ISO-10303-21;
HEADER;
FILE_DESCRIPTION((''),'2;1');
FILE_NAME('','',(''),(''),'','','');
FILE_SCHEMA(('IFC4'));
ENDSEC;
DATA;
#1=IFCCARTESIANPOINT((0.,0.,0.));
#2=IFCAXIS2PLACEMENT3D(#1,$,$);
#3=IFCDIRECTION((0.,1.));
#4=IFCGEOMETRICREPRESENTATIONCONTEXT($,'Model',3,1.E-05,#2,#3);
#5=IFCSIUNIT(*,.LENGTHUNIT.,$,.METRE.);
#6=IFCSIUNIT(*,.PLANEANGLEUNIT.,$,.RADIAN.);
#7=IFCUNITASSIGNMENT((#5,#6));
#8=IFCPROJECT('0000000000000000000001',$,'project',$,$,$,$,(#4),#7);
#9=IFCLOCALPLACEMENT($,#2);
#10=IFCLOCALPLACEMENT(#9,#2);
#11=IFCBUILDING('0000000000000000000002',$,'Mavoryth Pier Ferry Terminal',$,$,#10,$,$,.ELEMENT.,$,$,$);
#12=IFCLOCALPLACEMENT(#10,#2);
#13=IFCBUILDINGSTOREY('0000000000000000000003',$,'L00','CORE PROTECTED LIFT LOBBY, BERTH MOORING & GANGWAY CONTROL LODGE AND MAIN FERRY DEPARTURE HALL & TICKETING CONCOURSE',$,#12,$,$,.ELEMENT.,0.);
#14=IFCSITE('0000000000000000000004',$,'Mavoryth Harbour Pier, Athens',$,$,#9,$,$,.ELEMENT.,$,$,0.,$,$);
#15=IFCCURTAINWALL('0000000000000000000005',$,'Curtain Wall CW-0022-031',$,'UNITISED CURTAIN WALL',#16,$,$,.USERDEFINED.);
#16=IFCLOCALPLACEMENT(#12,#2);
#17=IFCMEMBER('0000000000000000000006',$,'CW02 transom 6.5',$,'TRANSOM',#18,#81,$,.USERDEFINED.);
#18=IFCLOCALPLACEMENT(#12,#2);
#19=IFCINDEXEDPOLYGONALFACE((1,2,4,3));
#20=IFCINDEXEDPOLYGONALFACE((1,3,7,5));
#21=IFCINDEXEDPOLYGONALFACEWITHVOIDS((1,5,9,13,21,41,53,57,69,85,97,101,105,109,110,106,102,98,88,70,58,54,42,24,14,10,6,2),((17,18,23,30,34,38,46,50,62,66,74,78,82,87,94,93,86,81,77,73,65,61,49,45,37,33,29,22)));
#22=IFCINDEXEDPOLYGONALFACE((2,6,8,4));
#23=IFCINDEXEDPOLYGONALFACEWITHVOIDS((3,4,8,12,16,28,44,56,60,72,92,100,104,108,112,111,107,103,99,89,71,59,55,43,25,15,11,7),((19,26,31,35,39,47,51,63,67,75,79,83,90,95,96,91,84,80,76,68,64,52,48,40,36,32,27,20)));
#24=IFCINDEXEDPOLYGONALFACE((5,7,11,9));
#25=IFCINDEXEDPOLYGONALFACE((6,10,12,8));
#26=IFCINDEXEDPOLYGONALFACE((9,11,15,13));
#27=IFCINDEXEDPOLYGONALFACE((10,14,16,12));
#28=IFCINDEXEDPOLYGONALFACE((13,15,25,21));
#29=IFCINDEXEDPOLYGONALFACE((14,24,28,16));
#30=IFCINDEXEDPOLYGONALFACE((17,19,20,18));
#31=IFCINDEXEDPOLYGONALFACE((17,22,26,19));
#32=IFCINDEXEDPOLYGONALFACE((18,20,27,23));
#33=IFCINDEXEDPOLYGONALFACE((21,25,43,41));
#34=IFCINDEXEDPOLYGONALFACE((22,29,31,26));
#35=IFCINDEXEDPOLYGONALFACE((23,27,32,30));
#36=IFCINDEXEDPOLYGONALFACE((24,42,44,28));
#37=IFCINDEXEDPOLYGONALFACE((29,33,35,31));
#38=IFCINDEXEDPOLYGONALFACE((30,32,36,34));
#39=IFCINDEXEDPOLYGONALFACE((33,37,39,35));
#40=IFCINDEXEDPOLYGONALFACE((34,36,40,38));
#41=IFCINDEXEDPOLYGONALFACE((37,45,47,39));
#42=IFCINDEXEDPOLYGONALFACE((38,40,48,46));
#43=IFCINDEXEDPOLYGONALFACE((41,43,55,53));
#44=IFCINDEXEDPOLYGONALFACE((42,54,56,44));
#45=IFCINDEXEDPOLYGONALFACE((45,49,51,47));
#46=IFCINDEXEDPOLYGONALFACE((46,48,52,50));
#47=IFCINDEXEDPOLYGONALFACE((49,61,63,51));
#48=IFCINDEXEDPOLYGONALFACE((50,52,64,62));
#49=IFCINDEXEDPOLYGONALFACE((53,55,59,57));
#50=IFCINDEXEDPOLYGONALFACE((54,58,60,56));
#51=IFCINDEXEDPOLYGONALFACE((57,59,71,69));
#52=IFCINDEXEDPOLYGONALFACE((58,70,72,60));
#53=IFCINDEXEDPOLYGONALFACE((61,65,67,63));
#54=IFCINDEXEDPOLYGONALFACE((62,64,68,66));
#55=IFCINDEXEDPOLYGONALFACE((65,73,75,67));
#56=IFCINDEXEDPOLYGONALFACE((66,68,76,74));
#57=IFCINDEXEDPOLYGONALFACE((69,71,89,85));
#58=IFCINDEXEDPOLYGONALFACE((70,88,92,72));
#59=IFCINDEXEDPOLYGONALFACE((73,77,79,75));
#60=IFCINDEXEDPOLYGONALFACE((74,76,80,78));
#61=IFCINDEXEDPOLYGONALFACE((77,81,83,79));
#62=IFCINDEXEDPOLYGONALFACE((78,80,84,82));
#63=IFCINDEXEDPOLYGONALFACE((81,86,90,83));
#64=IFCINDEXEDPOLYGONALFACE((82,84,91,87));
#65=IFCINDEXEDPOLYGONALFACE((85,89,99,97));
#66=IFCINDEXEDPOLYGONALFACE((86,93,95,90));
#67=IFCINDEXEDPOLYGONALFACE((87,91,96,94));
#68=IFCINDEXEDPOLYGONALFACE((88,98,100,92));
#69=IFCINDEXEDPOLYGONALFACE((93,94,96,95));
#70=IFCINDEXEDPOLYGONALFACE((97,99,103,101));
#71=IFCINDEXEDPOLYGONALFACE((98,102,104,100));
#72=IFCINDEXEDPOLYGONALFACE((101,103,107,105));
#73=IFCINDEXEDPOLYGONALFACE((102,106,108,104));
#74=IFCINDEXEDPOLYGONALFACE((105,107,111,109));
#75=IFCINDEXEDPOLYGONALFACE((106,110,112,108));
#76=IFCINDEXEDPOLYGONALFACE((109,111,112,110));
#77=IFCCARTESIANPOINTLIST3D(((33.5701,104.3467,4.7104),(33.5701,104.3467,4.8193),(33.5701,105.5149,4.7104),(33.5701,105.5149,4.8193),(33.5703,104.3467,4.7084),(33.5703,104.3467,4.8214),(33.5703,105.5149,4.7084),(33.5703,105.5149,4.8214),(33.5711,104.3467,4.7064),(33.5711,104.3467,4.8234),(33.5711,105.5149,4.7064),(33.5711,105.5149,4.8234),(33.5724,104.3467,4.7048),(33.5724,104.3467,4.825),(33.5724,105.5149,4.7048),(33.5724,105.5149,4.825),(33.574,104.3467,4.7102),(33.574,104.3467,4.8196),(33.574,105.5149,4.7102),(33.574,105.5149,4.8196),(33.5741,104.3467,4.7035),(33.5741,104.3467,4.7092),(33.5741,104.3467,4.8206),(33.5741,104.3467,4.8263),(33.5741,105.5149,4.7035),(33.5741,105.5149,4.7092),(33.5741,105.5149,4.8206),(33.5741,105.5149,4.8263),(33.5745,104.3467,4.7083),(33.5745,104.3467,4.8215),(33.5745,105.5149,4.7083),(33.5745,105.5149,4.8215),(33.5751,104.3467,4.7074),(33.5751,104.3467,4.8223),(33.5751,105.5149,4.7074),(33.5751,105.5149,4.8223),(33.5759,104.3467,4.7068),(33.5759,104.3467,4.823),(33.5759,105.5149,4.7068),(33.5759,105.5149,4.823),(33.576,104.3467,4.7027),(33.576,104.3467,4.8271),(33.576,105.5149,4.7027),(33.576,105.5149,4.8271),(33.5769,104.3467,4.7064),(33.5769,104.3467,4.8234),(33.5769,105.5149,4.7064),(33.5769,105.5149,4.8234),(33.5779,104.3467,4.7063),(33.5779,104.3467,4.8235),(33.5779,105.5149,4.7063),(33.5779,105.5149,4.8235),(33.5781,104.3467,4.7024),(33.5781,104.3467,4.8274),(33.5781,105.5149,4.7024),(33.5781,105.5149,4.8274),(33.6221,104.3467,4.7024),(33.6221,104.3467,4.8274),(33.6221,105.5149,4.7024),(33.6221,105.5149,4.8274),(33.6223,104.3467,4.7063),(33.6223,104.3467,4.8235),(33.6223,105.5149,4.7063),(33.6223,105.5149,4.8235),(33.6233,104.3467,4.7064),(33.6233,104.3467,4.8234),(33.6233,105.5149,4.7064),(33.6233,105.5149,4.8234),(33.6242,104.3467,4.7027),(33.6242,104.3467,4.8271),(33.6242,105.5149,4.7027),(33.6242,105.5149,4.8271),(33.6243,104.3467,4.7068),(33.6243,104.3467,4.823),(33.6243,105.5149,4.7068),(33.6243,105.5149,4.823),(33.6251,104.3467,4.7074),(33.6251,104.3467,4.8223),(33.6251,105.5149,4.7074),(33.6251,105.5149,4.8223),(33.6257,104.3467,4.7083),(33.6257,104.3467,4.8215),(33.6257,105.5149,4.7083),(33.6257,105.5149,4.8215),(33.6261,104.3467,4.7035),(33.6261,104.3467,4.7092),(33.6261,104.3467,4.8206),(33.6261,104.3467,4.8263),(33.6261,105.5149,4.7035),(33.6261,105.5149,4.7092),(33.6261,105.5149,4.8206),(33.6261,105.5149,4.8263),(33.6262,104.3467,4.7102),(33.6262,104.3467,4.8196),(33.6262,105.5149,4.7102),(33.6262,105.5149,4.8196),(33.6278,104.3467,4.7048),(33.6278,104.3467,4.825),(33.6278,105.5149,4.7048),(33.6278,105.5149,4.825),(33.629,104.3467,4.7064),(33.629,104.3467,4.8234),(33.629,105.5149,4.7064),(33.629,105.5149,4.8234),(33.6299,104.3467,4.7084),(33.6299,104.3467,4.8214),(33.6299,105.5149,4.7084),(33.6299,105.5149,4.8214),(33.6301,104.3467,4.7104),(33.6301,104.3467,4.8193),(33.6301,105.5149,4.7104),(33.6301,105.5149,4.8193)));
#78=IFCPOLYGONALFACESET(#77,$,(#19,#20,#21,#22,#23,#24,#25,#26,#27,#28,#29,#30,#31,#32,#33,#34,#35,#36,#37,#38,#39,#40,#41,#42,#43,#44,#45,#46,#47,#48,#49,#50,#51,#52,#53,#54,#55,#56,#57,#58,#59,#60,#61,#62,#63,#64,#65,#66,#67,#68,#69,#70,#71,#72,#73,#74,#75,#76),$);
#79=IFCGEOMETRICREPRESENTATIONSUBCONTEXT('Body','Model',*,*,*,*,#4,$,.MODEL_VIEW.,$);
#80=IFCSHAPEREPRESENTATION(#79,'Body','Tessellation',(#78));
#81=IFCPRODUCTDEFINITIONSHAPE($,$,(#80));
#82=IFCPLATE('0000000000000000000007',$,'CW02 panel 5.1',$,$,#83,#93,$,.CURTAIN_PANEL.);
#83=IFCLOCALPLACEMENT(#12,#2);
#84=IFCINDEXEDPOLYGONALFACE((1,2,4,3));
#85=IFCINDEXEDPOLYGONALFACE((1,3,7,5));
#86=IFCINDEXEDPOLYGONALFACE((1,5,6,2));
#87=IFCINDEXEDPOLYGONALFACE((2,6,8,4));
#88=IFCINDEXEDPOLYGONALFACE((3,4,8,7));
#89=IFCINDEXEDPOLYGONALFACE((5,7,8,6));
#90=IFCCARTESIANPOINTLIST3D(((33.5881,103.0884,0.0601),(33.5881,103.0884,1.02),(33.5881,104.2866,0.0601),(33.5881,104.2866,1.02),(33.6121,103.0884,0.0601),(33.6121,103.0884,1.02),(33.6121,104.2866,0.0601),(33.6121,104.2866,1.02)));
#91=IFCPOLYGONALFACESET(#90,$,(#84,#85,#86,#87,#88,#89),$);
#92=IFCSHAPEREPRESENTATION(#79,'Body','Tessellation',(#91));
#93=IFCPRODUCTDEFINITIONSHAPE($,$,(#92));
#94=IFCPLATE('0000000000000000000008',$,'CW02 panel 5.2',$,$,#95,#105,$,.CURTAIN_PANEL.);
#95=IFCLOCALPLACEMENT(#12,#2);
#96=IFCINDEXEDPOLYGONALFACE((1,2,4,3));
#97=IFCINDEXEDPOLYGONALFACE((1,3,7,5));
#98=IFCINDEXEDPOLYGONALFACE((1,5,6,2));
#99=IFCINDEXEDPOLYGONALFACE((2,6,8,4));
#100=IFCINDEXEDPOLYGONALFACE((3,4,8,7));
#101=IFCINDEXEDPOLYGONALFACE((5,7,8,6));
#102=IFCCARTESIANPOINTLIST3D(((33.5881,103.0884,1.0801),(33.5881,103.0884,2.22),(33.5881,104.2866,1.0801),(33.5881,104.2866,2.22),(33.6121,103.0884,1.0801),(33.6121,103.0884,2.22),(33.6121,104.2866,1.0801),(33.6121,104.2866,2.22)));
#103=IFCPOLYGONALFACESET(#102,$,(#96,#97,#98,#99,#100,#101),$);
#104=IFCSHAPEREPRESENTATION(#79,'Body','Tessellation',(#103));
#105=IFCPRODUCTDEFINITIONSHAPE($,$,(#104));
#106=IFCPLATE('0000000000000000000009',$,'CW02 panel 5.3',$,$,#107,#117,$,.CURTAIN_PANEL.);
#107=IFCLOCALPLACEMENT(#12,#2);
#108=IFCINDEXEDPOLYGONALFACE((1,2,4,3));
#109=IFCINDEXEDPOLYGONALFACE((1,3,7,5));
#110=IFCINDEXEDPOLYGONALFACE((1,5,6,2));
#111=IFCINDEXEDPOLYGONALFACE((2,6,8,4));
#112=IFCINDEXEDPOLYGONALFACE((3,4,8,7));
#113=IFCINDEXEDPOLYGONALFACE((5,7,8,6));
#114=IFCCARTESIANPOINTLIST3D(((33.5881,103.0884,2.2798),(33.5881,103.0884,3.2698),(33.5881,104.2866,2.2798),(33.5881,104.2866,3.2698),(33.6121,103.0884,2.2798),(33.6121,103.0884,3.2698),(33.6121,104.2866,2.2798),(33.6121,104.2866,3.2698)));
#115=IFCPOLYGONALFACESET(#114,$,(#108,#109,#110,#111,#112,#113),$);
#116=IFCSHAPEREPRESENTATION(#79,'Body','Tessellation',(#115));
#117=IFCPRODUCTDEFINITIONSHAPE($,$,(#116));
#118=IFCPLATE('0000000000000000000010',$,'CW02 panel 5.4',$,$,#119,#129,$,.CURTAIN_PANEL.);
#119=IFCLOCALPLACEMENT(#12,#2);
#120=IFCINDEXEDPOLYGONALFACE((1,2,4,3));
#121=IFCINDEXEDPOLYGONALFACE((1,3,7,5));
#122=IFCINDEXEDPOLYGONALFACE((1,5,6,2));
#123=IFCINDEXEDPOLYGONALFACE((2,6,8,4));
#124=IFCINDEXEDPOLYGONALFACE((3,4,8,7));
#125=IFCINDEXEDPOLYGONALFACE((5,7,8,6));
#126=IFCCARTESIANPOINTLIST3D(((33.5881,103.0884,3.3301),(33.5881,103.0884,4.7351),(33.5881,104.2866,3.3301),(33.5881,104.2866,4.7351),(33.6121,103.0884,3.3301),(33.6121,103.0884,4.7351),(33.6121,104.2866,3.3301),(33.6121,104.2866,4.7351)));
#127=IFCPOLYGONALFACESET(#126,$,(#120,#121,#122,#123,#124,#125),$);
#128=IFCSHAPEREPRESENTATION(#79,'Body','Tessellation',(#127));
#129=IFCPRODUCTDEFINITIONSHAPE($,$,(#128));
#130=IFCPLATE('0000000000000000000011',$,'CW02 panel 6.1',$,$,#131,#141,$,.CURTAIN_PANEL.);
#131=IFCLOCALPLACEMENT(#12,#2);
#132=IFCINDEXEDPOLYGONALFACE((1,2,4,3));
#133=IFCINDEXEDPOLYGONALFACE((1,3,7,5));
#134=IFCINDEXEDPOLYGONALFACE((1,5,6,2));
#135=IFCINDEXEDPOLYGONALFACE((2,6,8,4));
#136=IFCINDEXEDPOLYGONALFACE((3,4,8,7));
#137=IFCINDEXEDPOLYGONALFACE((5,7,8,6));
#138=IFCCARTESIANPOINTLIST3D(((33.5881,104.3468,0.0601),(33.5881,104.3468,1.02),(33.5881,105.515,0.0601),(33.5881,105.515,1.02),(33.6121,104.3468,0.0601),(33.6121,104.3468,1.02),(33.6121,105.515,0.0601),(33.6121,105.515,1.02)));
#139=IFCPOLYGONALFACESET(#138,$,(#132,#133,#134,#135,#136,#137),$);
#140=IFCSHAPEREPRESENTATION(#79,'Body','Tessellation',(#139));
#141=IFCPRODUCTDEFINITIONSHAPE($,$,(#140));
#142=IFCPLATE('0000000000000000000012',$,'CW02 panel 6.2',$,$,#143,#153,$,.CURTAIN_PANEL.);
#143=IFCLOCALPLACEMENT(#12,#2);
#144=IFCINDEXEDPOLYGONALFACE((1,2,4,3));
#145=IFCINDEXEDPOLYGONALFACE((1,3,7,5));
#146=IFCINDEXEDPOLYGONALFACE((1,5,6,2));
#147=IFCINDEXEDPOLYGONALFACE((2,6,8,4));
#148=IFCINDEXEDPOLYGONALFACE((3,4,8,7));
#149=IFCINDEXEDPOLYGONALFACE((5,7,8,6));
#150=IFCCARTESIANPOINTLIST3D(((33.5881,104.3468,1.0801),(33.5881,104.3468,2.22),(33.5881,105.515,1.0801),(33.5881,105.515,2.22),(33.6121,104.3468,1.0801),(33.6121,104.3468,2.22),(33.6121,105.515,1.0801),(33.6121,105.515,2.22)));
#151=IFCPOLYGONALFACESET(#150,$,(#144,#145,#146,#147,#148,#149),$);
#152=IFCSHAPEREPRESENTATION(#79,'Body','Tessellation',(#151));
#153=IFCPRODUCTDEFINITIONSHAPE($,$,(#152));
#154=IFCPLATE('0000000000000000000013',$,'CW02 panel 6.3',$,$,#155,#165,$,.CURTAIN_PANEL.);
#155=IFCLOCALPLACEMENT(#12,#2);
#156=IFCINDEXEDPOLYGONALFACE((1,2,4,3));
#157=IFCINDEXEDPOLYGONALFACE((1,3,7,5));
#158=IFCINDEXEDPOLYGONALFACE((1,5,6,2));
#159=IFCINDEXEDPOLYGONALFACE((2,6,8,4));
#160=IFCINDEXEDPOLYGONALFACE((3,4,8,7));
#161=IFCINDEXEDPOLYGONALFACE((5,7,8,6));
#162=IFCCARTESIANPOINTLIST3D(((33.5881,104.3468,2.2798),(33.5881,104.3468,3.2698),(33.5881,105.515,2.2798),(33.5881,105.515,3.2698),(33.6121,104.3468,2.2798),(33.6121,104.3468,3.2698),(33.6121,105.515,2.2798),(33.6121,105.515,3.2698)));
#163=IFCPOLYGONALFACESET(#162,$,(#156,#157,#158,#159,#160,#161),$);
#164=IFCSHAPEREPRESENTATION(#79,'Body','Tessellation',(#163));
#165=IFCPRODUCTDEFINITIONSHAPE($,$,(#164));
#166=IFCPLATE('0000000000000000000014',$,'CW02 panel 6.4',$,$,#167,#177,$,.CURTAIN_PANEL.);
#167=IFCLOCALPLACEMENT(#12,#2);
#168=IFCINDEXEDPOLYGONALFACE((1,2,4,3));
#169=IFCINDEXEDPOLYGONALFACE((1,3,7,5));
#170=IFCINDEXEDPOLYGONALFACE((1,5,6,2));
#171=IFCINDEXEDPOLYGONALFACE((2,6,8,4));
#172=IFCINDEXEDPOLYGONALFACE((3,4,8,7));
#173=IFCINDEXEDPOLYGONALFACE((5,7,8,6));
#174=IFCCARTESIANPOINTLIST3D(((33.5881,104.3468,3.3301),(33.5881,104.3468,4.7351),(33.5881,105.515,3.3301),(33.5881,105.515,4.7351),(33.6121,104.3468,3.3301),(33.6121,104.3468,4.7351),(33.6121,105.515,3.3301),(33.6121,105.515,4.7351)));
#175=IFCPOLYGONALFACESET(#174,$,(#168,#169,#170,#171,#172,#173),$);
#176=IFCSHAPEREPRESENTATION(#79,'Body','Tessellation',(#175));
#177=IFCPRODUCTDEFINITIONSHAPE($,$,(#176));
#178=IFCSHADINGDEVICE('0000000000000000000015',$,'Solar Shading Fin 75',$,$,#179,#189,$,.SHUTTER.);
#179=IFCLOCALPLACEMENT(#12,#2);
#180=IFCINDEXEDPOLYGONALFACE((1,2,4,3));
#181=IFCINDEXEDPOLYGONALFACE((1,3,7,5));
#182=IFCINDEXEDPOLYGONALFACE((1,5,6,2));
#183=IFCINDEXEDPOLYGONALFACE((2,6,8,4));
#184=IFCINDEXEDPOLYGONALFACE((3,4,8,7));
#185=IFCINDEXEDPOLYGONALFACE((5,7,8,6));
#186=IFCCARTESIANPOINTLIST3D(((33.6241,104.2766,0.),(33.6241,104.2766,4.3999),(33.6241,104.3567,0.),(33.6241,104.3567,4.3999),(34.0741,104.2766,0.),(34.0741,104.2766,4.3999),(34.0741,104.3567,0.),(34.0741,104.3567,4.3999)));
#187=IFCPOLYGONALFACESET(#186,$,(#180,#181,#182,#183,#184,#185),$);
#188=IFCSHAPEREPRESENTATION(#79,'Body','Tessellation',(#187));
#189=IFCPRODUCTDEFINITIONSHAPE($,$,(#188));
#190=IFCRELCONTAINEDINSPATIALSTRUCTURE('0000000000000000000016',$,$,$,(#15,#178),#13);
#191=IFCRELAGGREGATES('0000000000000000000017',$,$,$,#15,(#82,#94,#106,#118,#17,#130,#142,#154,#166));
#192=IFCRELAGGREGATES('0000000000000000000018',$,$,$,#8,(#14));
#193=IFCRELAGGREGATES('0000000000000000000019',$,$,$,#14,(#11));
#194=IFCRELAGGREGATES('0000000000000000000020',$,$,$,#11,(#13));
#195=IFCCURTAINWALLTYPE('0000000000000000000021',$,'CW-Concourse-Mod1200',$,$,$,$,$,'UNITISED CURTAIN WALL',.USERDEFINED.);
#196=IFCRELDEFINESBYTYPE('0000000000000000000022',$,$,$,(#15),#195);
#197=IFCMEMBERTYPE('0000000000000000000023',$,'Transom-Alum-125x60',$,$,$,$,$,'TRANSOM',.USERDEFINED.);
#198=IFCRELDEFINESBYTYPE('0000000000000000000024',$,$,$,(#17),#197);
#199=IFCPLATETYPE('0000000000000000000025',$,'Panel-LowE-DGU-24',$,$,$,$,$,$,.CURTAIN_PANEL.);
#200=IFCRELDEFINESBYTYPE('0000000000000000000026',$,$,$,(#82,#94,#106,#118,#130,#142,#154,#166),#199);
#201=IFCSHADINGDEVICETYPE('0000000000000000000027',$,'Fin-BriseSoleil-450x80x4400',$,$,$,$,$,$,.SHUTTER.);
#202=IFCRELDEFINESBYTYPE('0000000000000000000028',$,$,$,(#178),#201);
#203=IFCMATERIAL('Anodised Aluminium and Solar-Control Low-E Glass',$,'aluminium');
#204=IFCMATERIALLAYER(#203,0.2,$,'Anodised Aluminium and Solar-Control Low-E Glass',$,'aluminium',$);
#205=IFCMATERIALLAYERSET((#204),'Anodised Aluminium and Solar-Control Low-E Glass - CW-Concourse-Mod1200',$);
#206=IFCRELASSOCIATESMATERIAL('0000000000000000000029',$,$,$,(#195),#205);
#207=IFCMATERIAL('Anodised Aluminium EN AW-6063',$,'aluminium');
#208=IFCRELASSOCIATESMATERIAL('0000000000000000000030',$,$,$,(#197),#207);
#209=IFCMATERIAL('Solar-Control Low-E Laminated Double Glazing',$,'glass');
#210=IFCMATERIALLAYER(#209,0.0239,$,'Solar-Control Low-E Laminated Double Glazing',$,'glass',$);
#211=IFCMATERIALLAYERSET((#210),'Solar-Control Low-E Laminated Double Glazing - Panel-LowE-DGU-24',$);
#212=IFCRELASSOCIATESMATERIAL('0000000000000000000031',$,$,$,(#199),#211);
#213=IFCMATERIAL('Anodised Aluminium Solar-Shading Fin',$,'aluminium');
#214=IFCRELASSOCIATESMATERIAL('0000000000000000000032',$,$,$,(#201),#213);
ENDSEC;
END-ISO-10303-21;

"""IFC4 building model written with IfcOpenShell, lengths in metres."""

from ifc_helpers import new_model, si_unit, direction, frame, origin, origin_2d, place, context, subcontext, project, spatial, rectangle, hollow_rectangle, extrude, material, layer, layer_set, material_profile, profile_set, type_object, element, aggregate, save


model = new_model("IFC4")

# Units and contexts
model_context = context("Model", 3, precision=1e-05, world=origin(), true_north=direction((0.0, 1.0)))
body_context = subcontext(model_context, "Body", "Model", "MODEL_VIEW")
ifc_project = project(units=[si_unit("LENGTHUNIT", "METRE"), si_unit("PLANEANGLEUNIT", "RADIAN")], contexts=[model_context])

# Site, building, storey
site_placement = place(None, origin())
site = spatial("IfcSite", under=ifc_project, at=site_placement, Name="Mavoryth Harbour Pier, Athens", CompositionType="ELEMENT", RefElevation=0.0)
building_placement = place(site_placement, origin())
building = spatial("IfcBuilding", under=site, at=building_placement, Name="Mavoryth Pier Ferry Terminal", CompositionType="ELEMENT")
storey_placement = place(building_placement, origin())
storey = spatial("IfcBuildingStorey", under=building, at=storey_placement, Name="L00", Description="CORE PROTECTED LIFT LOBBY, BERTH MOORING & GANGWAY CONTROL LODGE AND MAIN FERRY DEPARTURE HALL & TICKETING CONCOURSE", CompositionType="ELEMENT", Elevation=0.0)

# Curtain wall, member, plates
ifc_material_1 = material(Name="Anodised Aluminium and Solar-Control Low-E Glass", Category="aluminium")
ifc_layer_1 = layer(ifc_material_1, 0.2, Name="Anodised Aluminium and Solar-Control Low-E Glass", Category="aluminium")
ifc_layer_set_1 = layer_set([ifc_layer_1], Name="Anodised Aluminium and Solar-Control Low-E Glass - CW-Concourse-Mod1200")
curtain_wall_type = type_object("IfcCurtainWallType", Name="CW-Concourse-Mod1200", ElementType="UNITISED CURTAIN WALL", PredefinedType="USERDEFINED", material=ifc_layer_set_1)
curtain_wall_placement = place(storey_placement, origin())
curtain_wall = element("IfcCurtainWall", 1, at=curtain_wall_placement, inside=storey, type_object=curtain_wall_type, Name="Curtain Wall CW-0022-031", ObjectType="UNITISED CURTAIN WALL", PredefinedType="USERDEFINED")
ifc_material_2 = material(Name="Anodised Aluminium EN AW-6063", Category="aluminium")
ifc_material_profile_1 = material_profile(ifc_material_2, hollow_rectangle(XDim=0.0601, YDim=0.125, WallThickness=0.0039, InnerFilletRadius=0.0039, OuterFilletRadius=0.0081, at=origin_2d()), Name="AL-TRAN 125x60x4", Category="aluminium")
ifc_profile_set_1 = profile_set([ifc_material_profile_1], Name="Anodised Aluminium EN AW-6063 - AL-TRAN 125x60x4")
member_type_1 = type_object("IfcMemberType", Name="Transom-Alum-125x60", ElementType="TRANSOM", PredefinedType="USERDEFINED", material=ifc_profile_set_1)
member_1_placement = place(storey_placement, frame((33.6001, 104.3467, 4.7649), z_axis=(0.0, 1.0, 0.0), x_axis=(-1.0, 0.0, 0.0)))
member_1 = element("IfcMember", 2, at=member_1_placement, type_object=member_type_1, Name="CW02 transom 6.5", ObjectType="TRANSOM", PredefinedType="USERDEFINED", context=body_context, shape_type="SweptSolid", body=[
    extrude(hollow_rectangle(XDim=0.0601, YDim=0.125, WallThickness=0.0039, InnerFilletRadius=0.0039, OuterFilletRadius=0.0081, at=origin_2d()), origin(), (0.0, 0.0, 1.0), 1.1682),
])
ifc_material_3 = material(Name="Solar-Control Low-E Laminated Double Glazing", Category="glass")
ifc_layer_2 = layer(ifc_material_3, 0.0239, Name="Solar-Control Low-E Laminated Double Glazing", Category="glass")
ifc_layer_set_2 = layer_set([ifc_layer_2], Name="Solar-Control Low-E Laminated Double Glazing - Panel-LowE-DGU-24")
plate_type = type_object("IfcPlateType", Name="Panel-LowE-DGU-24", PredefinedType="CURTAIN_PANEL", material=ifc_layer_set_2)
plate_1_placement = place(storey_placement, frame((33.6001, 103.6875, 0.0601), z_axis=(0.0, 0.0, 1.0), x_axis=(0.0, 1.0, 0.0)))
plate_1 = element("IfcPlate", 3, at=plate_1_placement, type_object=plate_type, Name="CW02 panel 5.1", PredefinedType="CURTAIN_PANEL", context=body_context, shape_type="SweptSolid", body=[
    extrude(rectangle(XDim=1.1982, YDim=0.0239, at=origin_2d()), origin(), (0.0, 0.0, 1.0), 0.96),
])
plate_2_placement = place(storey_placement, frame((33.6001, 103.6875, 1.0801), z_axis=(0.0, 0.0, 1.0), x_axis=(0.0, 1.0, 0.0)))
plate_2 = element("IfcPlate", 4, at=plate_2_placement, type_object=plate_type, Name="CW02 panel 5.2", PredefinedType="CURTAIN_PANEL", context=body_context, shape_type="SweptSolid", body=[
    extrude(rectangle(XDim=1.1982, YDim=0.0239, at=origin_2d()), origin(), (0.0, 0.0, 1.0), 1.1399),
])
plate_3_placement = place(storey_placement, frame((33.6001, 103.6875, 2.2798), z_axis=(0.0, 0.0, 1.0), x_axis=(0.0, 1.0, 0.0)))
plate_3 = element("IfcPlate", 5, at=plate_3_placement, type_object=plate_type, Name="CW02 panel 5.3", PredefinedType="CURTAIN_PANEL", context=body_context, shape_type="SweptSolid", body=[
    extrude(rectangle(XDim=1.1982, YDim=0.0239, at=origin_2d()), origin(), (0.0, 0.0, 1.0), 0.99),
])
plate_4_placement = place(storey_placement, frame((33.6001, 103.6875, 3.3301), z_axis=(0.0, 0.0, 1.0), x_axis=(0.0, 1.0, 0.0)))
plate_4 = element("IfcPlate", 6, at=plate_4_placement, type_object=plate_type, Name="CW02 panel 5.4", PredefinedType="CURTAIN_PANEL", context=body_context, shape_type="SweptSolid", body=[
    extrude(rectangle(XDim=1.1982, YDim=0.0239, at=origin_2d()), origin(), (0.0, 0.0, 1.0), 1.405),
])
plate_5_placement = place(storey_placement, frame((33.6001, 104.9309, 0.0601), z_axis=(0.0, 0.0, 1.0), x_axis=(0.0, 1.0, 0.0)))
plate_5 = element("IfcPlate", 7, at=plate_5_placement, type_object=plate_type, Name="CW02 panel 6.1", PredefinedType="CURTAIN_PANEL", context=body_context, shape_type="SweptSolid", body=[
    extrude(rectangle(XDim=1.1682, YDim=0.0239, at=origin_2d()), origin(), (0.0, 0.0, 1.0), 0.96),
])
plate_6_placement = place(storey_placement, frame((33.6001, 104.9309, 1.0801), z_axis=(0.0, 0.0, 1.0), x_axis=(0.0, 1.0, 0.0)))
plate_6 = element("IfcPlate", 8, at=plate_6_placement, type_object=plate_type, Name="CW02 panel 6.2", PredefinedType="CURTAIN_PANEL", context=body_context, shape_type="SweptSolid", body=[
    extrude(rectangle(XDim=1.1682, YDim=0.0239, at=origin_2d()), origin(), (0.0, 0.0, 1.0), 1.1399),
])
plate_7_placement = place(storey_placement, frame((33.6001, 104.9309, 2.2798), z_axis=(0.0, 0.0, 1.0), x_axis=(0.0, 1.0, 0.0)))
plate_7 = element("IfcPlate", 9, at=plate_7_placement, type_object=plate_type, Name="CW02 panel 6.3", PredefinedType="CURTAIN_PANEL", context=body_context, shape_type="SweptSolid", body=[
    extrude(rectangle(XDim=1.1682, YDim=0.0239, at=origin_2d()), origin(), (0.0, 0.0, 1.0), 0.99),
])
plate_8_placement = place(storey_placement, frame((33.6001, 104.9309, 3.3301), z_axis=(0.0, 0.0, 1.0), x_axis=(0.0, 1.0, 0.0)))
plate_8 = element("IfcPlate", 10, at=plate_8_placement, type_object=plate_type, Name="CW02 panel 6.4", PredefinedType="CURTAIN_PANEL", context=body_context, shape_type="SweptSolid", body=[
    extrude(rectangle(XDim=1.1682, YDim=0.0239, at=origin_2d()), origin(), (0.0, 0.0, 1.0), 1.405),
])
aggregate(curtain_wall, [plate_1, plate_2, plate_3, plate_4, member_1, plate_5, plate_6, plate_7, plate_8])

# Shading device
ifc_material_4 = material(Name="Anodised Aluminium Solar-Shading Fin", Category="aluminium")
shading_device_type = type_object("IfcShadingDeviceType", Name="Fin-BriseSoleil-450x80x4400", PredefinedType="SHUTTER", material=ifc_material_4)
shading_device_placement = place(storey_placement, frame((33.8491, 104.3167, 0.0), z_axis=(0.0, 0.0, 1.0), x_axis=(0.0, 1.0, 0.0)))
element("IfcShadingDevice", 11, at=shading_device_placement, inside=storey, type_object=shading_device_type, Name="Solar Shading Fin 75", PredefinedType="SHUTTER", context=body_context, shape_type="SweptSolid", body=[
    extrude(rectangle(XDim=0.0801, YDim=0.45, at=origin_2d()), origin(), (0.0, 0.0, 1.0), 4.3999),
])

save(model, "model.ifc")
